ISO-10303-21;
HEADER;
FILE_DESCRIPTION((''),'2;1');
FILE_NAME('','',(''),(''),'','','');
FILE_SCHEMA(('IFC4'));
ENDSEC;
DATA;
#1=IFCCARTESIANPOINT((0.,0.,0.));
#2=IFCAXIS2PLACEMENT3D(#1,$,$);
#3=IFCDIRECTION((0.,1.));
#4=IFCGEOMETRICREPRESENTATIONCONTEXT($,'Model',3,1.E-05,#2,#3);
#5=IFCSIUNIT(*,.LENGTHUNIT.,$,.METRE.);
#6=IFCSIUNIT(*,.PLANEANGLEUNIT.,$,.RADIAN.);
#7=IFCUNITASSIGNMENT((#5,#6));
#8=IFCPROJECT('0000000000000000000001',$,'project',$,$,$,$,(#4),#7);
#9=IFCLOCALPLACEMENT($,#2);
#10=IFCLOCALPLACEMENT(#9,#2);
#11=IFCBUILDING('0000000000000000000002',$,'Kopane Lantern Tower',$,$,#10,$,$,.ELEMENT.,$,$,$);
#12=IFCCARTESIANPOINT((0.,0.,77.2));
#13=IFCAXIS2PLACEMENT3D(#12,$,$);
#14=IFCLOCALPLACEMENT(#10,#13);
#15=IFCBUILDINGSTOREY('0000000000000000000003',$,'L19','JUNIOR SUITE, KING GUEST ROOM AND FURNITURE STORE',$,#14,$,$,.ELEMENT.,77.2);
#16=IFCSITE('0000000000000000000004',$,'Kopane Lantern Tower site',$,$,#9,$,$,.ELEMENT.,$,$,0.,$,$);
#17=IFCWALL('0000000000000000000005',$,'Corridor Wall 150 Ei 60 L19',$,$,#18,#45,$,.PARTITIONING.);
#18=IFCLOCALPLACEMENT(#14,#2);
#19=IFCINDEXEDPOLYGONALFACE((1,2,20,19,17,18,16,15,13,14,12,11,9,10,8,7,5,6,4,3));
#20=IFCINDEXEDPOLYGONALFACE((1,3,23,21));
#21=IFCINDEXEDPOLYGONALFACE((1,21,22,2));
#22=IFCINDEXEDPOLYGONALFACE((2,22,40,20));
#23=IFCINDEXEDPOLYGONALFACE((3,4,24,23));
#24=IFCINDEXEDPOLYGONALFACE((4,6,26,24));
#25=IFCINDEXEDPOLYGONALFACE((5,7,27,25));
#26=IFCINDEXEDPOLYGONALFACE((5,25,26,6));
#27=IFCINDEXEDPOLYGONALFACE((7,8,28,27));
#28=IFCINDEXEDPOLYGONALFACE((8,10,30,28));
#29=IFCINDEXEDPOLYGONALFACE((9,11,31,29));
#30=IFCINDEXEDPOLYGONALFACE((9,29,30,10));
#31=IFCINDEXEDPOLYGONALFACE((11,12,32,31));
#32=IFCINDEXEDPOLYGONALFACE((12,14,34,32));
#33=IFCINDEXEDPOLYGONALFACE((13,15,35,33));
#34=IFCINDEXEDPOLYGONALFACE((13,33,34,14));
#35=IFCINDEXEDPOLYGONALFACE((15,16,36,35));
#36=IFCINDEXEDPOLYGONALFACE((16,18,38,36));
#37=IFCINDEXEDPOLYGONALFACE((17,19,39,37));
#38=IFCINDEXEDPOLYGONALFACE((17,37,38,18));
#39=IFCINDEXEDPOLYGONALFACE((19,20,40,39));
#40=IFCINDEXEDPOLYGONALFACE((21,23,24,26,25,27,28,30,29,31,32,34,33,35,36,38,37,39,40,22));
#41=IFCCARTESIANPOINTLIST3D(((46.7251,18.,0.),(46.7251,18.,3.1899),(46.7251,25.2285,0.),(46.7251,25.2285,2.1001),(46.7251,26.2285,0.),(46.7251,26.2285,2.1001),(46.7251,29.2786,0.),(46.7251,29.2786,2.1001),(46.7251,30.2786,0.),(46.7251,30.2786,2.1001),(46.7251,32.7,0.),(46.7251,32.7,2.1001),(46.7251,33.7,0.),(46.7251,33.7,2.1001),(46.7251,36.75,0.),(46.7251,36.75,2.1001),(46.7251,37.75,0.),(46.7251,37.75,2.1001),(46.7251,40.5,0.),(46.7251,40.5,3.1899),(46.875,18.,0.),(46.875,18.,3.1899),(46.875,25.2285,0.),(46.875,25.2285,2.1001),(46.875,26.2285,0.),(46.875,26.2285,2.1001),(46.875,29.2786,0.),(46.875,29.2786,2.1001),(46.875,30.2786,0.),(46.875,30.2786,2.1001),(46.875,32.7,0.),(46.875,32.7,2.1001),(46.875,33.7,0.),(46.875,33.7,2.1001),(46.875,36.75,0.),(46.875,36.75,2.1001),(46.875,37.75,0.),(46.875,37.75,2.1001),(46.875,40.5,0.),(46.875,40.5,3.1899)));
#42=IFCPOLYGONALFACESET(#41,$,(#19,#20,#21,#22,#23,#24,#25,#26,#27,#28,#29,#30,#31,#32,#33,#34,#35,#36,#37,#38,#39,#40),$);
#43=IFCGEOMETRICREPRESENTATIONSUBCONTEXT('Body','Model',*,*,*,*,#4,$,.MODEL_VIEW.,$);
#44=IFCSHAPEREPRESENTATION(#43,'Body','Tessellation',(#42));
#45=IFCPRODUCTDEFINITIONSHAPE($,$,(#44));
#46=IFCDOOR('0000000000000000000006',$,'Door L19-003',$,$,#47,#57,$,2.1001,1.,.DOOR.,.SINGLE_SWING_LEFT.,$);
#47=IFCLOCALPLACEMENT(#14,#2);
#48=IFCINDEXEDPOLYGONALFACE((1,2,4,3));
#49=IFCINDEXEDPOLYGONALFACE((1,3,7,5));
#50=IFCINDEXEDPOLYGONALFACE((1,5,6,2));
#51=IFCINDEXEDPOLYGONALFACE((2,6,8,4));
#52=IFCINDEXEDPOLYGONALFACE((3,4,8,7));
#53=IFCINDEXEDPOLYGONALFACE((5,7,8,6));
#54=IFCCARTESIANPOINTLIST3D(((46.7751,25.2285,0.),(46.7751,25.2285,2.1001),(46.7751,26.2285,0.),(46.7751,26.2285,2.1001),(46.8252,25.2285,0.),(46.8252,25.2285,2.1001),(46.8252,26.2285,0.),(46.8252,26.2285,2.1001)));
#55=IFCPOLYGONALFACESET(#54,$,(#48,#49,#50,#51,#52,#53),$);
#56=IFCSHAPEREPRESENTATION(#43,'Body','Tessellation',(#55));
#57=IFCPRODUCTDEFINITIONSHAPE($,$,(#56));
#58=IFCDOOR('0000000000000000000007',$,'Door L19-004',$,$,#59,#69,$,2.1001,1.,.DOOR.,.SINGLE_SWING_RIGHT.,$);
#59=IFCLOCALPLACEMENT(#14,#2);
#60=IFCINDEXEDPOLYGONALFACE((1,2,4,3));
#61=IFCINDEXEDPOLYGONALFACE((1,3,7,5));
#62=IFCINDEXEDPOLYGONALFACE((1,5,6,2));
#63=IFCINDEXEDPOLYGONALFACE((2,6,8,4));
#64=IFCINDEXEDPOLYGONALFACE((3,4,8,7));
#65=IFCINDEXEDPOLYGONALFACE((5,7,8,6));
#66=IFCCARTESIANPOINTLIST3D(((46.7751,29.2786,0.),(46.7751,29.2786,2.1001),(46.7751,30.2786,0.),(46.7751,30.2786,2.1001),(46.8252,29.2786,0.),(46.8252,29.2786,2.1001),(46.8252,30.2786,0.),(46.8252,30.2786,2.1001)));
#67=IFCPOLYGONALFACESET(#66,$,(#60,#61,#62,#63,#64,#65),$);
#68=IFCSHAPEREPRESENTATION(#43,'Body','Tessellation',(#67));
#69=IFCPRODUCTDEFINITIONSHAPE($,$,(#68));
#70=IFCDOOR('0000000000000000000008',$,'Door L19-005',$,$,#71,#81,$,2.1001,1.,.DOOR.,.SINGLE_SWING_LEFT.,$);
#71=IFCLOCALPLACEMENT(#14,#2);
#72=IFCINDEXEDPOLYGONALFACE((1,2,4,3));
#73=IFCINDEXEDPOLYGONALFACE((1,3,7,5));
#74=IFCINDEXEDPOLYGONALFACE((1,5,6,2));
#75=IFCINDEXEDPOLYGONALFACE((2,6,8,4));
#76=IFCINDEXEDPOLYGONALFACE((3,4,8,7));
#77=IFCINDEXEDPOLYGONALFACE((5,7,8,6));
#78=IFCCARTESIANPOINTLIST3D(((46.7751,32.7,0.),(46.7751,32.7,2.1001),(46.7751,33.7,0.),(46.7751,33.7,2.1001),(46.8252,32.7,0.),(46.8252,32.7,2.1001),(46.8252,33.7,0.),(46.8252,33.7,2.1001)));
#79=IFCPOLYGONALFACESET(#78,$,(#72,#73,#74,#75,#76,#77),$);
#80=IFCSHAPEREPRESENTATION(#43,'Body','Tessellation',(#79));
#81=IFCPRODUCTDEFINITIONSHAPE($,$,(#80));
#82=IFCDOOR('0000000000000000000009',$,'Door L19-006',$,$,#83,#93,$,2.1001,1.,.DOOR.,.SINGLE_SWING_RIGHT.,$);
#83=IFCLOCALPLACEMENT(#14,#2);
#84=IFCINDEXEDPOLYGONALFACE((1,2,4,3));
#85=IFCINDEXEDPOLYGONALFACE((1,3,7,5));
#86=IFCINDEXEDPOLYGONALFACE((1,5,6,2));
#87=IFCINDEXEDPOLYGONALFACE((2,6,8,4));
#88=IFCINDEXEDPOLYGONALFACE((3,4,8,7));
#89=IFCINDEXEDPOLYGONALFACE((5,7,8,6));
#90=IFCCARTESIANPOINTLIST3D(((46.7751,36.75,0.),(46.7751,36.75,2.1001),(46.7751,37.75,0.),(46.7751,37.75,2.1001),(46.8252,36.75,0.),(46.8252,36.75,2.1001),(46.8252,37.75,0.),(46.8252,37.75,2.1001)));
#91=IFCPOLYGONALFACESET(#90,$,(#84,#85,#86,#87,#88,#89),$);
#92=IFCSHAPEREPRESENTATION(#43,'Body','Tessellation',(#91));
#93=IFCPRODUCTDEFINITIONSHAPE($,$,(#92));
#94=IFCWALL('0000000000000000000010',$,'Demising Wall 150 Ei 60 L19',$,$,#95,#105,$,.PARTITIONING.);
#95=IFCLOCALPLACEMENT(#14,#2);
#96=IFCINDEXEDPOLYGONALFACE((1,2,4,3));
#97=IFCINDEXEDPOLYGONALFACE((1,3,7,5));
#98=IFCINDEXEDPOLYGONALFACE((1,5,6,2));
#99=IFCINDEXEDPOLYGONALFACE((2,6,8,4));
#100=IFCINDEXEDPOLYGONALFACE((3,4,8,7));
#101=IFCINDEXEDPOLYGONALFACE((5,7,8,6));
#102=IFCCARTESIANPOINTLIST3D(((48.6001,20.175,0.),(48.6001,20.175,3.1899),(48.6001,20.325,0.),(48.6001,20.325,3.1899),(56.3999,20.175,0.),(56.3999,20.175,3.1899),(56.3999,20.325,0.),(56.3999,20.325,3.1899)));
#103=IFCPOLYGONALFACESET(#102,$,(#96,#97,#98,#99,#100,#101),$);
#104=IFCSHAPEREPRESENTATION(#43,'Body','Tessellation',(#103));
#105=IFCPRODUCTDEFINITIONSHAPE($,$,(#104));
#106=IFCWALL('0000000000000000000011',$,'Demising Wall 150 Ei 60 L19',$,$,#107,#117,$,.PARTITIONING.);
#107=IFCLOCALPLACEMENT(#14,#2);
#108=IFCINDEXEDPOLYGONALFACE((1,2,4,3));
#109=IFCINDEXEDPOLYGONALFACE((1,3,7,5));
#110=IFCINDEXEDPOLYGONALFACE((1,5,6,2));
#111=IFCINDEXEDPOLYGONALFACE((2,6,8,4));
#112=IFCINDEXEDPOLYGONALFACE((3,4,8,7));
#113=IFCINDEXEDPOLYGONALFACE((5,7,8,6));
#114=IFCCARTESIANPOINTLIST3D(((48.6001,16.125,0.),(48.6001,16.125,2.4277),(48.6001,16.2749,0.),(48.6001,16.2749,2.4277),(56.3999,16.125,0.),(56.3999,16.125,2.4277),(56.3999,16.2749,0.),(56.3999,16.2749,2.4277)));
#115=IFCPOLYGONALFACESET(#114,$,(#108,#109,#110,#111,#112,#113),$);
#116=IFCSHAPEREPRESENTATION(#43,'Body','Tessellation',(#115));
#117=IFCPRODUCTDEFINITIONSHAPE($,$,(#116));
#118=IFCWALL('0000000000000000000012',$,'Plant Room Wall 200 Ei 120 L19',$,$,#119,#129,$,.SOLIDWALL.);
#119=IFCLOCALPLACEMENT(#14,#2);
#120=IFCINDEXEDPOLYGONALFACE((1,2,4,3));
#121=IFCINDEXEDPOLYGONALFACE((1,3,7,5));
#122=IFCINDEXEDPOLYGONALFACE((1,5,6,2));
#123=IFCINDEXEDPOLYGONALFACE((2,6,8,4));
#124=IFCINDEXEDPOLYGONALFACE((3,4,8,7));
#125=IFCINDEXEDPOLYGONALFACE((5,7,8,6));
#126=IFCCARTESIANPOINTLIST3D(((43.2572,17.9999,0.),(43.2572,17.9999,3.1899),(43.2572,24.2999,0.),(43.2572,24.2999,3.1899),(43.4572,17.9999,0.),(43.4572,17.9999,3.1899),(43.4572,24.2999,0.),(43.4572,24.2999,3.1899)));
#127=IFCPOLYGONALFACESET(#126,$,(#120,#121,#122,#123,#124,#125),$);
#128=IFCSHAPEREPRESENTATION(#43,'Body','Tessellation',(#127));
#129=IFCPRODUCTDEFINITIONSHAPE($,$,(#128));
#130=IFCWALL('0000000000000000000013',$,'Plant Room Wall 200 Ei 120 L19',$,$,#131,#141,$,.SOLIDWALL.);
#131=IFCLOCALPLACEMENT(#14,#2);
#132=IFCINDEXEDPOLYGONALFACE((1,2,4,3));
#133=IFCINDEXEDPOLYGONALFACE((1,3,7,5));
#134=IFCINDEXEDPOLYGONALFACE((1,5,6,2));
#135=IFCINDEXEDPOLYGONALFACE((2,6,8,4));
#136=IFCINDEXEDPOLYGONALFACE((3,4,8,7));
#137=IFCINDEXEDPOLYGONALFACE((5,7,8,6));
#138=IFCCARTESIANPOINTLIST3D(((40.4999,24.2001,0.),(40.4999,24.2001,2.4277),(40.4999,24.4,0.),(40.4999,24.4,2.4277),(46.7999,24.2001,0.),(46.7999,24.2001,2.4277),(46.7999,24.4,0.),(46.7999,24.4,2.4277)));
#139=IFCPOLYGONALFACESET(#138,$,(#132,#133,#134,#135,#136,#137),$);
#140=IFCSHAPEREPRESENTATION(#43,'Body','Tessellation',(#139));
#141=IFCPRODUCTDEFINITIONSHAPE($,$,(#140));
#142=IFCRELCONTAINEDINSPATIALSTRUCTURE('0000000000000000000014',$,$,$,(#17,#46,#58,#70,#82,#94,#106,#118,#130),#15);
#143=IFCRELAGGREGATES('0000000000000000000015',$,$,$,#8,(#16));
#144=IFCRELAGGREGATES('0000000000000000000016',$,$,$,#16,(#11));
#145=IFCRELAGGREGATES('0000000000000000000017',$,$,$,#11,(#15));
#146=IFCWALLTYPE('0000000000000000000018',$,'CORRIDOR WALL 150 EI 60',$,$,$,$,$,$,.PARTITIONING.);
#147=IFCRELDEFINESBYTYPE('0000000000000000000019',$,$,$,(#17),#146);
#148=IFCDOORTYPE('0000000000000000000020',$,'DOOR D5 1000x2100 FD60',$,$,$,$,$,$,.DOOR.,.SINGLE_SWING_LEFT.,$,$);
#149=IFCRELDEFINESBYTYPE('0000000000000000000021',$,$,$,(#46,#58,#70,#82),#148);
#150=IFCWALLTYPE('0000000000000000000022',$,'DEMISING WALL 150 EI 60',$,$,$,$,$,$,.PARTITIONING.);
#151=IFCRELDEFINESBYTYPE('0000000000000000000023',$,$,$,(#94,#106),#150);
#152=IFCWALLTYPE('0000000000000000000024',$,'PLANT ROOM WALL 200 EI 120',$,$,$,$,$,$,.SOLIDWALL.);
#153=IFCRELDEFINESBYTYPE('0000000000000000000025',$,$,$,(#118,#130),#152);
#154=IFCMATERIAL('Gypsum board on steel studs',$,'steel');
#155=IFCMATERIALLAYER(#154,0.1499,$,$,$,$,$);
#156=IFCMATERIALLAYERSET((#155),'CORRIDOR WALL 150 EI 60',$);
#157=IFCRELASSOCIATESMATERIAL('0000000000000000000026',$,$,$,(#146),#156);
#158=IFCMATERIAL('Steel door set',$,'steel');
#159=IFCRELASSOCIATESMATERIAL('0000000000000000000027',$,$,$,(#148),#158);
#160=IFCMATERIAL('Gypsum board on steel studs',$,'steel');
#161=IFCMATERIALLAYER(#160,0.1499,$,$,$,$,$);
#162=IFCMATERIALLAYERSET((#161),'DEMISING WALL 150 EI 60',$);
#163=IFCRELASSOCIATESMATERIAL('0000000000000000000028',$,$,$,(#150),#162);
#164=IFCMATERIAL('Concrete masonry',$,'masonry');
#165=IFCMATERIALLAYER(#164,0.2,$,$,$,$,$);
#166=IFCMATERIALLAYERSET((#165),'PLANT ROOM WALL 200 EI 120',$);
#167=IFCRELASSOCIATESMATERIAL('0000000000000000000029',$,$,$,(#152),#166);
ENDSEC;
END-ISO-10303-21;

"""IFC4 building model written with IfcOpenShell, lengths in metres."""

from ifc_helpers import new_model, si_unit, direction, frame, frame_2d, origin, place, context, subcontext, project, spatial, rectangle, extrude, material, layer, layer_set, type_object, element, fill, save


model = new_model("IFC4")

# Units and contexts
model_context = context("Model", 3, precision=1e-05, world=origin(), true_north=direction((0.0, 1.0)))
body_context = subcontext(model_context, "Body", "Model", "MODEL_VIEW")
ifc_project = project(units=[si_unit("LENGTHUNIT", "METRE"), si_unit("PLANEANGLEUNIT", "RADIAN")], contexts=[model_context])

# Site, building, storey
site_placement = place(None, origin())
site = spatial("IfcSite", under=ifc_project, at=site_placement, Name="Kopane Lantern Tower site", CompositionType="ELEMENT", RefElevation=0.0)
building_placement = place(site_placement, origin())
building = spatial("IfcBuilding", under=site, at=building_placement, Name="Kopane Lantern Tower", CompositionType="ELEMENT")
storey_placement = place(building_placement, frame((0.0, 0.0, 77.2)))
storey = spatial("IfcBuildingStorey", under=building, at=storey_placement, Name="L19", Description="JUNIOR SUITE, KING GUEST ROOM AND FURNITURE STORE", CompositionType="ELEMENT", Elevation=77.2)

# Wall, openings, doors
ifc_material_1 = material(Name="Gypsum board on steel studs", Category="steel")
ifc_layer_1 = layer(ifc_material_1, 0.1499)
ifc_layer_set_1 = layer_set([ifc_layer_1], Name="CORRIDOR WALL 150 EI 60")
wall_type_1 = type_object("IfcWallType", Name="CORRIDOR WALL 150 EI 60", PredefinedType="PARTITIONING", material=ifc_layer_set_1)
wall_1_placement = place(storey_placement, frame((46.8, 18.0, 0.0), z_axis=(0.0, 0.0, 1.0), x_axis=(0.0, 1.0, 0.0)))
wall_1 = element("IfcWall", 1, at=wall_1_placement, inside=storey, type_object=wall_type_1, Name="Corridor Wall 150 Ei 60 L19", PredefinedType="PARTITIONING", context=body_context, shape_type="SweptSolid", body=[
    extrude(rectangle(XDim=22.5, YDim=0.1499, at=frame_2d((11.25, 0.0))), origin(), (0.0, 0.0, 1.0), 3.1899),
])
opening_1_placement = place(wall_1_placement, frame((7.2285, 0.0, 0.0)))
opening_1 = element("IfcOpeningElement", 2, at=opening_1_placement, cuts=wall_1, PredefinedType="OPENING", context=body_context, shape_type="SweptSolid", body=[
    extrude(rectangle(XDim=1.0, YDim=2.1001, at=frame_2d((0.5, 1.05))), frame((0.0, 0.085, 0.0), z_axis=(0.0, -1.0, 0.0), x_axis=(1.0, 0.0, 0.0)), (0.0, 0.0, 1.0), 0.1699),
])
opening_2_placement = place(wall_1_placement, frame((11.2786, 0.0, 0.0)))
opening_2 = element("IfcOpeningElement", 3, at=opening_2_placement, cuts=wall_1, PredefinedType="OPENING", context=body_context, shape_type="SweptSolid", body=[
    extrude(rectangle(XDim=1.0, YDim=2.1001, at=frame_2d((0.5, 1.05))), frame((0.0, 0.085, 0.0), z_axis=(0.0, -1.0, 0.0), x_axis=(1.0, 0.0, 0.0)), (0.0, 0.0, 1.0), 0.1699),
])
opening_3_placement = place(wall_1_placement, frame((14.7, 0.0, 0.0)))
opening_3 = element("IfcOpeningElement", 4, at=opening_3_placement, cuts=wall_1, PredefinedType="OPENING", context=body_context, shape_type="SweptSolid", body=[
    extrude(rectangle(XDim=1.0, YDim=2.1001, at=frame_2d((0.5, 1.05))), frame((0.0, 0.085, 0.0), z_axis=(0.0, -1.0, 0.0), x_axis=(1.0, 0.0, 0.0)), (0.0, 0.0, 1.0), 0.1699),
])
opening_4_placement = place(wall_1_placement, frame((18.75, 0.0, 0.0)))
opening_4 = element("IfcOpeningElement", 5, at=opening_4_placement, cuts=wall_1, PredefinedType="OPENING", context=body_context, shape_type="SweptSolid", body=[
    extrude(rectangle(XDim=1.0, YDim=2.1001, at=frame_2d((0.5, 1.05))), frame((0.0, 0.085, 0.0), z_axis=(0.0, -1.0, 0.0), x_axis=(1.0, 0.0, 0.0)), (0.0, 0.0, 1.0), 0.1699),
])
ifc_material_2 = material(Name="Steel door set", Category="steel")
door_type_1 = type_object("IfcDoorType", Name="DOOR D5 1000x2100 FD60", OperationType="SINGLE_SWING_LEFT", PredefinedType="DOOR", material=ifc_material_2)
door_1_placement = place(opening_1_placement, origin())
door_1 = element("IfcDoor", 6, at=door_1_placement, inside=storey, type_object=door_type_1, Name="Door L19-003", OperationType="SINGLE_SWING_LEFT", OverallHeight=2.1001, OverallWidth=1.0, PredefinedType="DOOR", context=body_context, shape_type="SweptSolid", body=[
    extrude(rectangle(XDim=1.0, YDim=2.1001, at=frame_2d((0.5, 1.05))), frame((0.0, 0.0249, 0.0), z_axis=(0.0, -1.0, 0.0), x_axis=(1.0, 0.0, 0.0)), (0.0, 0.0, 1.0), 0.05),
])
fill(opening_1, door_1)
door_2_placement = place(opening_2_placement, origin())
door_2 = element("IfcDoor", 7, at=door_2_placement, inside=storey, type_object=door_type_1, Name="Door L19-004", OperationType="SINGLE_SWING_RIGHT", OverallHeight=2.1001, OverallWidth=1.0, PredefinedType="DOOR", context=body_context, shape_type="SweptSolid", body=[
    extrude(rectangle(XDim=1.0, YDim=2.1001, at=frame_2d((0.5, 1.05))), frame((0.0, 0.0249, 0.0), z_axis=(0.0, -1.0, 0.0), x_axis=(1.0, 0.0, 0.0)), (0.0, 0.0, 1.0), 0.05),
])
fill(opening_2, door_2)
door_3_placement = place(opening_3_placement, origin())
door_3 = element("IfcDoor", 8, at=door_3_placement, inside=storey, type_object=door_type_1, Name="Door L19-005", OperationType="SINGLE_SWING_LEFT", OverallHeight=2.1001, OverallWidth=1.0, PredefinedType="DOOR", context=body_context, shape_type="SweptSolid", body=[
    extrude(rectangle(XDim=1.0, YDim=2.1001, at=frame_2d((0.5, 1.05))), frame((0.0, 0.0249, 0.0), z_axis=(0.0, -1.0, 0.0), x_axis=(1.0, 0.0, 0.0)), (0.0, 0.0, 1.0), 0.05),
])
fill(opening_3, door_3)
door_4_placement = place(opening_4_placement, origin())
door_4 = element("IfcDoor", 9, at=door_4_placement, inside=storey, type_object=door_type_1, Name="Door L19-006", OperationType="SINGLE_SWING_RIGHT", OverallHeight=2.1001, OverallWidth=1.0, PredefinedType="DOOR", context=body_context, shape_type="SweptSolid", body=[
    extrude(rectangle(XDim=1.0, YDim=2.1001, at=frame_2d((0.5, 1.05))), frame((0.0, 0.0249, 0.0), z_axis=(0.0, -1.0, 0.0), x_axis=(1.0, 0.0, 0.0)), (0.0, 0.0, 1.0), 0.05),
])
fill(opening_4, door_4)

# Walls
ifc_material_3 = material(Name="Gypsum board on steel studs", Category="steel")
ifc_layer_2 = layer(ifc_material_3, 0.1499)
ifc_layer_set_2 = layer_set([ifc_layer_2], Name="DEMISING WALL 150 EI 60")
wall_type_2 = type_object("IfcWallType", Name="DEMISING WALL 150 EI 60", PredefinedType="PARTITIONING", material=ifc_layer_set_2)
wall_2_placement = place(storey_placement, frame((48.6001, 20.25, 0.0), z_axis=(0.0, 0.0, 1.0), x_axis=(1.0, 0.0, 0.0)))
element("IfcWall", 10, at=wall_2_placement, inside=storey, type_object=wall_type_2, Name="Demising Wall 150 Ei 60 L19", PredefinedType="PARTITIONING", context=body_context, shape_type="SweptSolid", body=[
    extrude(rectangle(XDim=7.7998, YDim=0.1499, at=frame_2d((3.8999, 0.0))), origin(), (0.0, 0.0, 1.0), 3.1899),
])
wall_3_placement = place(storey_placement, frame((48.6001, 16.2, 0.0), z_axis=(0.0, 0.0, 1.0), x_axis=(1.0, 0.0, 0.0)))
element("IfcWall", 11, at=wall_3_placement, inside=storey, type_object=wall_type_2, Name="Demising Wall 150 Ei 60 L19", PredefinedType="PARTITIONING", context=body_context, shape_type="SweptSolid", body=[
    extrude(rectangle(XDim=7.7998, YDim=0.1499, at=frame_2d((3.8999, 0.0))), origin(), (0.0, 0.0, 1.0), 2.4277),
])
ifc_material_4 = material(Name="Concrete masonry", Category="masonry")
ifc_layer_3 = layer(ifc_material_4, 0.2)
ifc_layer_set_3 = layer_set([ifc_layer_3], Name="PLANT ROOM WALL 200 EI 120")
wall_type_3 = type_object("IfcWallType", Name="PLANT ROOM WALL 200 EI 120", PredefinedType="SOLIDWALL", material=ifc_layer_set_3)
wall_4_placement = place(storey_placement, frame((43.3572, 18.0, 0.0), z_axis=(0.0, 0.0, 1.0), x_axis=(0.0, 1.0, 0.0)))
element("IfcWall", 12, at=wall_4_placement, inside=storey, type_object=wall_type_3, Name="Plant Room Wall 200 Ei 120 L19", PredefinedType="SOLIDWALL", context=body_context, shape_type="SweptSolid", body=[
    extrude(rectangle(XDim=6.3, YDim=0.2, at=frame_2d((3.1499, 0.0))), origin(), (0.0, 0.0, 1.0), 3.1899),
])
wall_5_placement = place(storey_placement, frame((40.5, 24.3, 0.0), z_axis=(0.0, 0.0, 1.0), x_axis=(1.0, 0.0, 0.0)))
element("IfcWall", 13, at=wall_5_placement, inside=storey, type_object=wall_type_3, Name="Plant Room Wall 200 Ei 120 L19", PredefinedType="SOLIDWALL", context=body_context, shape_type="SweptSolid", body=[
    extrude(rectangle(XDim=6.3, YDim=0.2, at=frame_2d((3.1499, 0.0))), origin(), (0.0, 0.0, 1.0), 2.4277),
])

save(model, "model.ifc")
